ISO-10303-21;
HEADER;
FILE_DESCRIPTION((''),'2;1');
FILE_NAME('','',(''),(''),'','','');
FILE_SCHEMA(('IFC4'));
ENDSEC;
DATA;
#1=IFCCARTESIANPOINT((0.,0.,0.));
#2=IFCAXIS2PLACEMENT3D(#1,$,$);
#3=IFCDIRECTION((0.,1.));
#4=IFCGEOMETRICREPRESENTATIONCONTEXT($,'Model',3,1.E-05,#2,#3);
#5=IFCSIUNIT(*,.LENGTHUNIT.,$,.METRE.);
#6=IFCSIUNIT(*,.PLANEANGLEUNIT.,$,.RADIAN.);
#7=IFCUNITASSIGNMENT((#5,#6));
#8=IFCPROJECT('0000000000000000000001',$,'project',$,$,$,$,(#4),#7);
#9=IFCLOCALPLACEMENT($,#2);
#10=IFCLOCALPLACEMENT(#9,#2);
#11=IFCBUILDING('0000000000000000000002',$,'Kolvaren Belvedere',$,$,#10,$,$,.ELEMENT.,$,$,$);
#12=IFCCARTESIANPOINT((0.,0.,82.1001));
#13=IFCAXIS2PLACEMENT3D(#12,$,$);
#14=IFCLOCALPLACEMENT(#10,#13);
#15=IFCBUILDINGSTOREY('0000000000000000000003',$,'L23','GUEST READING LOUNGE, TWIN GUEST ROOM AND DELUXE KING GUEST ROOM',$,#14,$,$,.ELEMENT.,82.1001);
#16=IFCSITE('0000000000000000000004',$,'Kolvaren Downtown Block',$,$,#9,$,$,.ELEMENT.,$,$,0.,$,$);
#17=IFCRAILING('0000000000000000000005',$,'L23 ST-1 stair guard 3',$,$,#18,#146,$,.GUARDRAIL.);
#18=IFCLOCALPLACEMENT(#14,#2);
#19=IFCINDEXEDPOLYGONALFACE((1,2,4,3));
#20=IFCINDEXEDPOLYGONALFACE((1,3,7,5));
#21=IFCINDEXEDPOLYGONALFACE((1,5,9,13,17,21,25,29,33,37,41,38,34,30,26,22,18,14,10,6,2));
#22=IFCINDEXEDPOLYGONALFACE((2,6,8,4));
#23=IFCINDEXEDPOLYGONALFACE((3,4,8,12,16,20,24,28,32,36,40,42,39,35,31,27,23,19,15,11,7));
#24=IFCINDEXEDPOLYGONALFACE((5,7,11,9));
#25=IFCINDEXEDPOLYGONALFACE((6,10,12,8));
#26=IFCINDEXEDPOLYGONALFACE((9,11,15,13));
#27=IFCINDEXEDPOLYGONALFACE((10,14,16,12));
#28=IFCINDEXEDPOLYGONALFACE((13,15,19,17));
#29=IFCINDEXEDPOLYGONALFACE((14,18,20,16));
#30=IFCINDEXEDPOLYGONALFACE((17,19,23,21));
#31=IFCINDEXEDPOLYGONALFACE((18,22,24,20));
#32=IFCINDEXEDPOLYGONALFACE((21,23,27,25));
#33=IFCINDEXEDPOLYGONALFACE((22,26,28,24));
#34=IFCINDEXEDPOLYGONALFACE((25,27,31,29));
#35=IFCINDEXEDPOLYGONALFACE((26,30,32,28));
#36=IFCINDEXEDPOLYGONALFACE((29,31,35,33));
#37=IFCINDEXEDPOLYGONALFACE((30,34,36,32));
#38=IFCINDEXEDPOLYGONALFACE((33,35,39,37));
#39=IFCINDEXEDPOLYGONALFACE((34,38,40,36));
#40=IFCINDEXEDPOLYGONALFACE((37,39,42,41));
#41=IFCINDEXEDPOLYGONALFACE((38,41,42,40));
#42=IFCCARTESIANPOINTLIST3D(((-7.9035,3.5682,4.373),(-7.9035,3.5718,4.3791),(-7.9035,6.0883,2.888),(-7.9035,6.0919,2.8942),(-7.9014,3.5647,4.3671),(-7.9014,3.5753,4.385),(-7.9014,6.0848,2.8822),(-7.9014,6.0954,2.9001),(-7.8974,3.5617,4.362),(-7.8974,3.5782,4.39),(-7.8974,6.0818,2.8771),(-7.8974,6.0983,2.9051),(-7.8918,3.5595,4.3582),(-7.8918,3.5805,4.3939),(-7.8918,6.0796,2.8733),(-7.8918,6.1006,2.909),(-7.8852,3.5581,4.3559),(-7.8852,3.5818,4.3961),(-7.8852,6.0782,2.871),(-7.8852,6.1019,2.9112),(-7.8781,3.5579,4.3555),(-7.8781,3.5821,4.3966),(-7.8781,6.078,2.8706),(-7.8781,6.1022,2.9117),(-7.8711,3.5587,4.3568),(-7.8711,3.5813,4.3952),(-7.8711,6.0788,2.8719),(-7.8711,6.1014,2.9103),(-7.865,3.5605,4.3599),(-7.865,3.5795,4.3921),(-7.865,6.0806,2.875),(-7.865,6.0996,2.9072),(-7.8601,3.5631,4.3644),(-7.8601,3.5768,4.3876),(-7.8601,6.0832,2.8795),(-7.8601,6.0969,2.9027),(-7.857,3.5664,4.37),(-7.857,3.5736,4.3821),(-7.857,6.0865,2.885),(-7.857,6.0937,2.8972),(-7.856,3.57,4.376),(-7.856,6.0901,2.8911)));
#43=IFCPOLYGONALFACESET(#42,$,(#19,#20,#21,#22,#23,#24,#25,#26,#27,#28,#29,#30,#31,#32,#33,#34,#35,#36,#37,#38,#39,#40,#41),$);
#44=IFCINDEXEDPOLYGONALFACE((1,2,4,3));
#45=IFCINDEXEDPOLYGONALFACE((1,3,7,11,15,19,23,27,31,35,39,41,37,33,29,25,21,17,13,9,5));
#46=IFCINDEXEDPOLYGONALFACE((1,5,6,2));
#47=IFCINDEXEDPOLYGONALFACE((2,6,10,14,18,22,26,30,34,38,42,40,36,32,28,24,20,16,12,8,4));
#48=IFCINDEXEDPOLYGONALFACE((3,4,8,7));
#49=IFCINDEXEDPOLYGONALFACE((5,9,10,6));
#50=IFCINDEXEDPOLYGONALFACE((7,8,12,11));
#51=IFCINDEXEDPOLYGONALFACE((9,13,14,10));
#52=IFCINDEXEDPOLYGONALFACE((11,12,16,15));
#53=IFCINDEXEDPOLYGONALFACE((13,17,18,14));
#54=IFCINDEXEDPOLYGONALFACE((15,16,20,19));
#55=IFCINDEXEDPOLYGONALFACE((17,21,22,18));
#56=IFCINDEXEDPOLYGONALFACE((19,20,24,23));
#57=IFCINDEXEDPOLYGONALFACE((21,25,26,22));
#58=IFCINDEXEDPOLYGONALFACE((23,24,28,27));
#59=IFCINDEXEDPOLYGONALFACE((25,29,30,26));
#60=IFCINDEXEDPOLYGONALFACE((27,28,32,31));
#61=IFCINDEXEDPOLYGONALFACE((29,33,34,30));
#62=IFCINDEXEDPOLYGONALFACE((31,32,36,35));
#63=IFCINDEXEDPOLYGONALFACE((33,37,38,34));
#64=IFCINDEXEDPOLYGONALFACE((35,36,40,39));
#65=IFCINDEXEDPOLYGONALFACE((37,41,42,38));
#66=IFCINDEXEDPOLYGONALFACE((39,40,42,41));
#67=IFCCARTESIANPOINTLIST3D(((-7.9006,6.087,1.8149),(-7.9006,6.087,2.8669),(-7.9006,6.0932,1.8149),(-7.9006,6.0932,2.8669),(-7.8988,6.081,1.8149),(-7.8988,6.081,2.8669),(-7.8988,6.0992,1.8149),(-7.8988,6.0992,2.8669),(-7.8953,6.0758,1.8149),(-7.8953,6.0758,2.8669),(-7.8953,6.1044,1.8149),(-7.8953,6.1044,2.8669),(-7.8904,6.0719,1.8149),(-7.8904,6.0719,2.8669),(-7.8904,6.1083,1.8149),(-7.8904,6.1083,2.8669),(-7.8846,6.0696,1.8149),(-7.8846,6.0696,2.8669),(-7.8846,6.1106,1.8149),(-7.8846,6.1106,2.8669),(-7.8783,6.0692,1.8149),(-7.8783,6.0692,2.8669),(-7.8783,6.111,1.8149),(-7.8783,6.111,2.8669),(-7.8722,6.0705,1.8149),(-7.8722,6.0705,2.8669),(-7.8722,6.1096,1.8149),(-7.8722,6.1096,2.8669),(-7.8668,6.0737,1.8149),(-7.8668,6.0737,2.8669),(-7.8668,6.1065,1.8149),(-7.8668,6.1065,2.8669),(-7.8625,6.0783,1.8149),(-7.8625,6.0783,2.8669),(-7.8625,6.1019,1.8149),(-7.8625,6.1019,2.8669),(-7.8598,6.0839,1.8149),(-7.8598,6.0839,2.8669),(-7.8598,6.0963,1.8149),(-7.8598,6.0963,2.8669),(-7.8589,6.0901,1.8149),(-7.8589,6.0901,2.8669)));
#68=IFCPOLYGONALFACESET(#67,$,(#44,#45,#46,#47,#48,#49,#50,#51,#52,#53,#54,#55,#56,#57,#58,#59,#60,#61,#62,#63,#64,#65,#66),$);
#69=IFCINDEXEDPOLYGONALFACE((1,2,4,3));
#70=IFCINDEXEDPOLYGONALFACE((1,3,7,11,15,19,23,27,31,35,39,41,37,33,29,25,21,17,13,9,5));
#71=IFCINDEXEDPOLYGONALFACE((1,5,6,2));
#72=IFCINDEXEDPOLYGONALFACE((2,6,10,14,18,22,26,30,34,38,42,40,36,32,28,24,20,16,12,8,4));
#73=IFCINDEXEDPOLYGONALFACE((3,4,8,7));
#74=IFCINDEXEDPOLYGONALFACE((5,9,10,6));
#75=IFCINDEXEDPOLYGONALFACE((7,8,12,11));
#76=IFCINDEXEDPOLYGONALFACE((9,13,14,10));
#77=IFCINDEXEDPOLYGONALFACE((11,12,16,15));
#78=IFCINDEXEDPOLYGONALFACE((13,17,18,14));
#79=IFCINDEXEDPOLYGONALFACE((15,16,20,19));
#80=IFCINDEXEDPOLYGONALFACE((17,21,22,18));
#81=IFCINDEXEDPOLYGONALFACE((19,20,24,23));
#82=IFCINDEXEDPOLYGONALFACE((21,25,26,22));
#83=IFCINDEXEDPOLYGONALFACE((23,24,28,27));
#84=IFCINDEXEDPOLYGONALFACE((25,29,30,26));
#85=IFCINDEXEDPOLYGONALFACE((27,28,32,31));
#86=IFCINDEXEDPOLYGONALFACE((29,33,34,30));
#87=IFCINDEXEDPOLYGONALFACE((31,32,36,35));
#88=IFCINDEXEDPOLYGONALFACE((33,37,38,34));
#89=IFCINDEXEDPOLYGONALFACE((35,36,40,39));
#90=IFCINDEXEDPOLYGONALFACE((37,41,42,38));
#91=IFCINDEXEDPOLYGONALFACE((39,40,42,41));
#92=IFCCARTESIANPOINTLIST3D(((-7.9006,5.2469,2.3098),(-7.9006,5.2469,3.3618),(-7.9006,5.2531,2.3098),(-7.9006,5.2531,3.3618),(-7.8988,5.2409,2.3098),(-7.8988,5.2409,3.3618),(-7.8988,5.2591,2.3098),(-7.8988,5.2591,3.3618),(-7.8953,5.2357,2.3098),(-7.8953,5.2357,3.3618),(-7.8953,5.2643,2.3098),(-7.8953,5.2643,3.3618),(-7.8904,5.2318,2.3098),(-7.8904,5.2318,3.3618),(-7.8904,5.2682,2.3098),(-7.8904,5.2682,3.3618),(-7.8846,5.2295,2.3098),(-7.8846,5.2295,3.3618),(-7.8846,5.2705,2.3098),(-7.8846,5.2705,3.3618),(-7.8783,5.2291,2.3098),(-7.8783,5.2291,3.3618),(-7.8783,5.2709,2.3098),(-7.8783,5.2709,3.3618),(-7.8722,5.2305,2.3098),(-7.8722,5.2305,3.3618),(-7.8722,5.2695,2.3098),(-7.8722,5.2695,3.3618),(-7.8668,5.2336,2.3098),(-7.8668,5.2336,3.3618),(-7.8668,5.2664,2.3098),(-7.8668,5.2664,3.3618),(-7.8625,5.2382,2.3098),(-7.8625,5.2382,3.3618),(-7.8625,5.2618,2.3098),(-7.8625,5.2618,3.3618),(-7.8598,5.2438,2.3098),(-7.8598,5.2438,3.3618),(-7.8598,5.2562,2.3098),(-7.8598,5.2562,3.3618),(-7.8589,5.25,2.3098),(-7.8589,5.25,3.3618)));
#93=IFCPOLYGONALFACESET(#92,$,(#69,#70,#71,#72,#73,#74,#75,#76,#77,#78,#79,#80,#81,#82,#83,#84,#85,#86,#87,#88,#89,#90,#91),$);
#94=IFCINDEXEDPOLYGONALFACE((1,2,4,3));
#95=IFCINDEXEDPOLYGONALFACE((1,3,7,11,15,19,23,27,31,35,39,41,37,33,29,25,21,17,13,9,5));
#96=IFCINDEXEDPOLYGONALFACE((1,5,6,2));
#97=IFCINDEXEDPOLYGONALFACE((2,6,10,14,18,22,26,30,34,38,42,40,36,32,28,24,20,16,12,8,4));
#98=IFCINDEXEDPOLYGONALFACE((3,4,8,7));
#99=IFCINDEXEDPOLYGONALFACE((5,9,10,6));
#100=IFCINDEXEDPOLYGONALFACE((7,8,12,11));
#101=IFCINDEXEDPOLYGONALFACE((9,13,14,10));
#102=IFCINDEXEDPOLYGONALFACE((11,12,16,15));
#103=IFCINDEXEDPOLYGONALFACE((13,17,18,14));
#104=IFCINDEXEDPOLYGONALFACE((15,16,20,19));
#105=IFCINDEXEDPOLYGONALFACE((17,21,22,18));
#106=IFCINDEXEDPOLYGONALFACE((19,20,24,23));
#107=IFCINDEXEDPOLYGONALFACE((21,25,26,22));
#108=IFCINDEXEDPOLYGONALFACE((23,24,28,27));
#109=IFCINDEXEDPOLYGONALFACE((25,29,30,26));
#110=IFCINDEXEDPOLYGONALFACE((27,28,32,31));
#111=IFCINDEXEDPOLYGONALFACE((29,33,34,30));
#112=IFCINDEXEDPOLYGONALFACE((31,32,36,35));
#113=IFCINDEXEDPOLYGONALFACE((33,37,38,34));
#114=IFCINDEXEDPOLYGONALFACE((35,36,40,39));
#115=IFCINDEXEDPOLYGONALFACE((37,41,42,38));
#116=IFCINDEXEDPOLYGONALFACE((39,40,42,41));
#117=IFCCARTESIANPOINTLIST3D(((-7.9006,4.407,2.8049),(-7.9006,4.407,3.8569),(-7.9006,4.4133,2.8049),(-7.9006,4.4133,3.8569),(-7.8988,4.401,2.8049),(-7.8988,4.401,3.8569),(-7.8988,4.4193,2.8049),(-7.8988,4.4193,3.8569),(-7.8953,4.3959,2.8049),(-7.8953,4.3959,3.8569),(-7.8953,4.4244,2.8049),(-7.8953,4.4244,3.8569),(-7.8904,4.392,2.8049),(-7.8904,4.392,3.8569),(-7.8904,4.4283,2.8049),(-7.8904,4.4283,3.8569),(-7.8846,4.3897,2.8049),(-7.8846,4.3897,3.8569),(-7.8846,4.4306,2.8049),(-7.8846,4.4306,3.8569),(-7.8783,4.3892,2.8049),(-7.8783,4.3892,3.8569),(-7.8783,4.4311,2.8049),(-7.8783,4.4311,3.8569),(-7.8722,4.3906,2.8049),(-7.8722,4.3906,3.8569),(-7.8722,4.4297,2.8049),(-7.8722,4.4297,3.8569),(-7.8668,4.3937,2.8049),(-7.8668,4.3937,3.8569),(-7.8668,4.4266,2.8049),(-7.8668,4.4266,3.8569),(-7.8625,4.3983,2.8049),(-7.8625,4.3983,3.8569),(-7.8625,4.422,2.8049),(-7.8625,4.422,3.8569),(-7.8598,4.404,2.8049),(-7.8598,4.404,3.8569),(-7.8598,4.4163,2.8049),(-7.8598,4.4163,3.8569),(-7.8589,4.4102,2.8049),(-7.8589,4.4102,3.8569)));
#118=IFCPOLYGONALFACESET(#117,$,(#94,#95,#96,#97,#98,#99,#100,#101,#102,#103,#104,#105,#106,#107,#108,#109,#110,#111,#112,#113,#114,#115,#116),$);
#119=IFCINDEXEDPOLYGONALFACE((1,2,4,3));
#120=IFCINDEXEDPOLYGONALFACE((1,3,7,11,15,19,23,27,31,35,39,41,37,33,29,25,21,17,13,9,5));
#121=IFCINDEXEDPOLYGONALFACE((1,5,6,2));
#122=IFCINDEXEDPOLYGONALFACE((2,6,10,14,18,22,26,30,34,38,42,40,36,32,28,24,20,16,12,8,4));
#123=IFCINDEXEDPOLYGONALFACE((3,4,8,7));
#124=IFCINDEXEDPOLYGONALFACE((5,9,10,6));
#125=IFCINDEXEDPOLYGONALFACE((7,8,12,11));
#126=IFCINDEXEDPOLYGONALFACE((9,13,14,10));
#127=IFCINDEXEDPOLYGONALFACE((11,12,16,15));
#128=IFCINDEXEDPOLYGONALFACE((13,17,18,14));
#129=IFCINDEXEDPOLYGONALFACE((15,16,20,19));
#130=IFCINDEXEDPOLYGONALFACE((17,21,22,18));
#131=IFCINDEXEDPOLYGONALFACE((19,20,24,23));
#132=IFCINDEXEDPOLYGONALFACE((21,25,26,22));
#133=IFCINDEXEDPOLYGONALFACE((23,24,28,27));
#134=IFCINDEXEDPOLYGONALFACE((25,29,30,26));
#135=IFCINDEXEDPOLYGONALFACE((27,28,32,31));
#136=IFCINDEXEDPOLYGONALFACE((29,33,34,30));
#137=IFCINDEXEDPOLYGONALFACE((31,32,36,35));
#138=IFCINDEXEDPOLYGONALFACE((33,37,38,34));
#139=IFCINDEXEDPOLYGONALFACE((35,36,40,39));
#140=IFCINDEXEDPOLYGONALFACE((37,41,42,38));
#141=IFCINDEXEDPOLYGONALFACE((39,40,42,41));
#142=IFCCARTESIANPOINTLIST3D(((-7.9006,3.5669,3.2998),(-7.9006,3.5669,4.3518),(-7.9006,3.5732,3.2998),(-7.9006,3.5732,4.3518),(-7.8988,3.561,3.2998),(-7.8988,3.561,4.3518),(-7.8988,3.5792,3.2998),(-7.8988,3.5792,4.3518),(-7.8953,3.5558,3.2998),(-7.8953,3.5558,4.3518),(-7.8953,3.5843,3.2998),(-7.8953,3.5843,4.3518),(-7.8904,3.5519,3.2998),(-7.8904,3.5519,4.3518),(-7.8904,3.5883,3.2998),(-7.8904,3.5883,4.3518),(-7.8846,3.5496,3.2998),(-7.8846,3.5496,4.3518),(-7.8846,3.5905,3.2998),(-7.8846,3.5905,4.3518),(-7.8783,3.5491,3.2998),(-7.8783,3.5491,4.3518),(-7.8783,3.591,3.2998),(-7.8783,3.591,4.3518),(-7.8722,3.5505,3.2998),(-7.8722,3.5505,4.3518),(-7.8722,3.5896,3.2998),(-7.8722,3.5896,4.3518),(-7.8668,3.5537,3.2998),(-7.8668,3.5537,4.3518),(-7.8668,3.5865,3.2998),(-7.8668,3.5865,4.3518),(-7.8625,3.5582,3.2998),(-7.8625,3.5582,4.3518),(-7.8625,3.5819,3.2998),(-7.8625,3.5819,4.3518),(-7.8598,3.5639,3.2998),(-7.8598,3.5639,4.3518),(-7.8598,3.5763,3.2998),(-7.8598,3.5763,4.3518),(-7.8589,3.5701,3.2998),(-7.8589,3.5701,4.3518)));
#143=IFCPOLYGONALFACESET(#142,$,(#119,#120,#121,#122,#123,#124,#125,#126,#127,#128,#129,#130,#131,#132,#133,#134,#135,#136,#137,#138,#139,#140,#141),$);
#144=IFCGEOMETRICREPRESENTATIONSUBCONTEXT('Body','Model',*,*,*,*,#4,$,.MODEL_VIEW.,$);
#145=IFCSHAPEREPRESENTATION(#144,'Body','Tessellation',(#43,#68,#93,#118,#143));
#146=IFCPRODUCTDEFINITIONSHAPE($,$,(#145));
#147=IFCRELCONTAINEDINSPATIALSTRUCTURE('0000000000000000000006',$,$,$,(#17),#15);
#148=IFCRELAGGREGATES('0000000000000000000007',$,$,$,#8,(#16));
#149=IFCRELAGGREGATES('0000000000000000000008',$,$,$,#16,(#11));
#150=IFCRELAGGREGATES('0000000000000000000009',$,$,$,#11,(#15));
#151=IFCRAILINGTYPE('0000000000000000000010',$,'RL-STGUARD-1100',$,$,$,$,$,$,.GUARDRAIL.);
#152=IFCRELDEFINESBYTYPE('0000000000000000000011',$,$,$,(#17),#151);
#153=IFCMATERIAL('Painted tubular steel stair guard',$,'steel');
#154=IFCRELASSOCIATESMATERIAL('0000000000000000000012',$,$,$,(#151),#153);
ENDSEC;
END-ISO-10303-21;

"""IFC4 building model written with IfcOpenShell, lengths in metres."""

from ifc_helpers import new_model, si_unit, direction, frame, origin, origin_2d, place, context, subcontext, project, spatial, circle, extrude, material, type_object, element, save


model = new_model("IFC4")

# Units and contexts
model_context = context("Model", 3, precision=1e-05, world=origin(), true_north=direction((0.0, 1.0)))
body_context = subcontext(model_context, "Body", "Model", "MODEL_VIEW")
ifc_project = project(units=[si_unit("LENGTHUNIT", "METRE"), si_unit("PLANEANGLEUNIT", "RADIAN")], contexts=[model_context])

# Site, building, storey
site_placement = place(None, origin())
site = spatial("IfcSite", under=ifc_project, at=site_placement, Name="Kolvaren Downtown Block", CompositionType="ELEMENT", RefElevation=0.0)
building_placement = place(site_placement, origin())
building = spatial("IfcBuilding", under=site, at=building_placement, Name="Kolvaren Belvedere", CompositionType="ELEMENT")
storey_placement = place(building_placement, frame((0.0, 0.0, 82.1001)))
storey = spatial("IfcBuildingStorey", under=building, at=storey_placement, Name="L23", Description="GUEST READING LOUNGE, TWIN GUEST ROOM AND DELUXE KING GUEST ROOM", CompositionType="ELEMENT", Elevation=82.1001)

# Railing
ifc_material_1 = material(Name="Painted tubular steel stair guard", Category="steel")
railing_type_1 = type_object("IfcRailingType", Name="RL-STGUARD-1100", PredefinedType="GUARDRAIL", material=ifc_material_1)
railing_1_placement = place(storey_placement, frame((-7.8799, 6.0901, 1.8149)))
element("IfcRailing", 1, at=railing_1_placement, inside=storey, type_object=railing_type_1, Name="L23 ST-1 stair guard 3", PredefinedType="GUARDRAIL", context=body_context, shape_type="SweptSolid", body=[
    extrude(circle(Radius=0.0239, at=origin_2d()), frame((0.0, 0.0, 1.0762), z_axis=(0.0, -0.861561, 0.507655), x_axis=(1.0, 0.0, 0.0)), (0.0, 0.0, 1.0), 2.925),
    extrude(circle(Radius=0.021, at=origin_2d()), origin(), (0.0, 0.0, 1.0), 1.052),
    extrude(circle(Radius=0.021, at=origin_2d()), frame((0.0, -0.8401, 0.4949)), (0.0, 0.0, 1.0), 1.052),
    extrude(circle(Radius=0.021, at=origin_2d()), frame((0.0, -1.6799, 0.99)), (0.0, 0.0, 1.0), 1.052),
    extrude(circle(Radius=0.021, at=origin_2d()), frame((0.0, -2.52, 1.4849)), (0.0, 0.0, 1.0), 1.052),
])

save(model, "model.ifc")
